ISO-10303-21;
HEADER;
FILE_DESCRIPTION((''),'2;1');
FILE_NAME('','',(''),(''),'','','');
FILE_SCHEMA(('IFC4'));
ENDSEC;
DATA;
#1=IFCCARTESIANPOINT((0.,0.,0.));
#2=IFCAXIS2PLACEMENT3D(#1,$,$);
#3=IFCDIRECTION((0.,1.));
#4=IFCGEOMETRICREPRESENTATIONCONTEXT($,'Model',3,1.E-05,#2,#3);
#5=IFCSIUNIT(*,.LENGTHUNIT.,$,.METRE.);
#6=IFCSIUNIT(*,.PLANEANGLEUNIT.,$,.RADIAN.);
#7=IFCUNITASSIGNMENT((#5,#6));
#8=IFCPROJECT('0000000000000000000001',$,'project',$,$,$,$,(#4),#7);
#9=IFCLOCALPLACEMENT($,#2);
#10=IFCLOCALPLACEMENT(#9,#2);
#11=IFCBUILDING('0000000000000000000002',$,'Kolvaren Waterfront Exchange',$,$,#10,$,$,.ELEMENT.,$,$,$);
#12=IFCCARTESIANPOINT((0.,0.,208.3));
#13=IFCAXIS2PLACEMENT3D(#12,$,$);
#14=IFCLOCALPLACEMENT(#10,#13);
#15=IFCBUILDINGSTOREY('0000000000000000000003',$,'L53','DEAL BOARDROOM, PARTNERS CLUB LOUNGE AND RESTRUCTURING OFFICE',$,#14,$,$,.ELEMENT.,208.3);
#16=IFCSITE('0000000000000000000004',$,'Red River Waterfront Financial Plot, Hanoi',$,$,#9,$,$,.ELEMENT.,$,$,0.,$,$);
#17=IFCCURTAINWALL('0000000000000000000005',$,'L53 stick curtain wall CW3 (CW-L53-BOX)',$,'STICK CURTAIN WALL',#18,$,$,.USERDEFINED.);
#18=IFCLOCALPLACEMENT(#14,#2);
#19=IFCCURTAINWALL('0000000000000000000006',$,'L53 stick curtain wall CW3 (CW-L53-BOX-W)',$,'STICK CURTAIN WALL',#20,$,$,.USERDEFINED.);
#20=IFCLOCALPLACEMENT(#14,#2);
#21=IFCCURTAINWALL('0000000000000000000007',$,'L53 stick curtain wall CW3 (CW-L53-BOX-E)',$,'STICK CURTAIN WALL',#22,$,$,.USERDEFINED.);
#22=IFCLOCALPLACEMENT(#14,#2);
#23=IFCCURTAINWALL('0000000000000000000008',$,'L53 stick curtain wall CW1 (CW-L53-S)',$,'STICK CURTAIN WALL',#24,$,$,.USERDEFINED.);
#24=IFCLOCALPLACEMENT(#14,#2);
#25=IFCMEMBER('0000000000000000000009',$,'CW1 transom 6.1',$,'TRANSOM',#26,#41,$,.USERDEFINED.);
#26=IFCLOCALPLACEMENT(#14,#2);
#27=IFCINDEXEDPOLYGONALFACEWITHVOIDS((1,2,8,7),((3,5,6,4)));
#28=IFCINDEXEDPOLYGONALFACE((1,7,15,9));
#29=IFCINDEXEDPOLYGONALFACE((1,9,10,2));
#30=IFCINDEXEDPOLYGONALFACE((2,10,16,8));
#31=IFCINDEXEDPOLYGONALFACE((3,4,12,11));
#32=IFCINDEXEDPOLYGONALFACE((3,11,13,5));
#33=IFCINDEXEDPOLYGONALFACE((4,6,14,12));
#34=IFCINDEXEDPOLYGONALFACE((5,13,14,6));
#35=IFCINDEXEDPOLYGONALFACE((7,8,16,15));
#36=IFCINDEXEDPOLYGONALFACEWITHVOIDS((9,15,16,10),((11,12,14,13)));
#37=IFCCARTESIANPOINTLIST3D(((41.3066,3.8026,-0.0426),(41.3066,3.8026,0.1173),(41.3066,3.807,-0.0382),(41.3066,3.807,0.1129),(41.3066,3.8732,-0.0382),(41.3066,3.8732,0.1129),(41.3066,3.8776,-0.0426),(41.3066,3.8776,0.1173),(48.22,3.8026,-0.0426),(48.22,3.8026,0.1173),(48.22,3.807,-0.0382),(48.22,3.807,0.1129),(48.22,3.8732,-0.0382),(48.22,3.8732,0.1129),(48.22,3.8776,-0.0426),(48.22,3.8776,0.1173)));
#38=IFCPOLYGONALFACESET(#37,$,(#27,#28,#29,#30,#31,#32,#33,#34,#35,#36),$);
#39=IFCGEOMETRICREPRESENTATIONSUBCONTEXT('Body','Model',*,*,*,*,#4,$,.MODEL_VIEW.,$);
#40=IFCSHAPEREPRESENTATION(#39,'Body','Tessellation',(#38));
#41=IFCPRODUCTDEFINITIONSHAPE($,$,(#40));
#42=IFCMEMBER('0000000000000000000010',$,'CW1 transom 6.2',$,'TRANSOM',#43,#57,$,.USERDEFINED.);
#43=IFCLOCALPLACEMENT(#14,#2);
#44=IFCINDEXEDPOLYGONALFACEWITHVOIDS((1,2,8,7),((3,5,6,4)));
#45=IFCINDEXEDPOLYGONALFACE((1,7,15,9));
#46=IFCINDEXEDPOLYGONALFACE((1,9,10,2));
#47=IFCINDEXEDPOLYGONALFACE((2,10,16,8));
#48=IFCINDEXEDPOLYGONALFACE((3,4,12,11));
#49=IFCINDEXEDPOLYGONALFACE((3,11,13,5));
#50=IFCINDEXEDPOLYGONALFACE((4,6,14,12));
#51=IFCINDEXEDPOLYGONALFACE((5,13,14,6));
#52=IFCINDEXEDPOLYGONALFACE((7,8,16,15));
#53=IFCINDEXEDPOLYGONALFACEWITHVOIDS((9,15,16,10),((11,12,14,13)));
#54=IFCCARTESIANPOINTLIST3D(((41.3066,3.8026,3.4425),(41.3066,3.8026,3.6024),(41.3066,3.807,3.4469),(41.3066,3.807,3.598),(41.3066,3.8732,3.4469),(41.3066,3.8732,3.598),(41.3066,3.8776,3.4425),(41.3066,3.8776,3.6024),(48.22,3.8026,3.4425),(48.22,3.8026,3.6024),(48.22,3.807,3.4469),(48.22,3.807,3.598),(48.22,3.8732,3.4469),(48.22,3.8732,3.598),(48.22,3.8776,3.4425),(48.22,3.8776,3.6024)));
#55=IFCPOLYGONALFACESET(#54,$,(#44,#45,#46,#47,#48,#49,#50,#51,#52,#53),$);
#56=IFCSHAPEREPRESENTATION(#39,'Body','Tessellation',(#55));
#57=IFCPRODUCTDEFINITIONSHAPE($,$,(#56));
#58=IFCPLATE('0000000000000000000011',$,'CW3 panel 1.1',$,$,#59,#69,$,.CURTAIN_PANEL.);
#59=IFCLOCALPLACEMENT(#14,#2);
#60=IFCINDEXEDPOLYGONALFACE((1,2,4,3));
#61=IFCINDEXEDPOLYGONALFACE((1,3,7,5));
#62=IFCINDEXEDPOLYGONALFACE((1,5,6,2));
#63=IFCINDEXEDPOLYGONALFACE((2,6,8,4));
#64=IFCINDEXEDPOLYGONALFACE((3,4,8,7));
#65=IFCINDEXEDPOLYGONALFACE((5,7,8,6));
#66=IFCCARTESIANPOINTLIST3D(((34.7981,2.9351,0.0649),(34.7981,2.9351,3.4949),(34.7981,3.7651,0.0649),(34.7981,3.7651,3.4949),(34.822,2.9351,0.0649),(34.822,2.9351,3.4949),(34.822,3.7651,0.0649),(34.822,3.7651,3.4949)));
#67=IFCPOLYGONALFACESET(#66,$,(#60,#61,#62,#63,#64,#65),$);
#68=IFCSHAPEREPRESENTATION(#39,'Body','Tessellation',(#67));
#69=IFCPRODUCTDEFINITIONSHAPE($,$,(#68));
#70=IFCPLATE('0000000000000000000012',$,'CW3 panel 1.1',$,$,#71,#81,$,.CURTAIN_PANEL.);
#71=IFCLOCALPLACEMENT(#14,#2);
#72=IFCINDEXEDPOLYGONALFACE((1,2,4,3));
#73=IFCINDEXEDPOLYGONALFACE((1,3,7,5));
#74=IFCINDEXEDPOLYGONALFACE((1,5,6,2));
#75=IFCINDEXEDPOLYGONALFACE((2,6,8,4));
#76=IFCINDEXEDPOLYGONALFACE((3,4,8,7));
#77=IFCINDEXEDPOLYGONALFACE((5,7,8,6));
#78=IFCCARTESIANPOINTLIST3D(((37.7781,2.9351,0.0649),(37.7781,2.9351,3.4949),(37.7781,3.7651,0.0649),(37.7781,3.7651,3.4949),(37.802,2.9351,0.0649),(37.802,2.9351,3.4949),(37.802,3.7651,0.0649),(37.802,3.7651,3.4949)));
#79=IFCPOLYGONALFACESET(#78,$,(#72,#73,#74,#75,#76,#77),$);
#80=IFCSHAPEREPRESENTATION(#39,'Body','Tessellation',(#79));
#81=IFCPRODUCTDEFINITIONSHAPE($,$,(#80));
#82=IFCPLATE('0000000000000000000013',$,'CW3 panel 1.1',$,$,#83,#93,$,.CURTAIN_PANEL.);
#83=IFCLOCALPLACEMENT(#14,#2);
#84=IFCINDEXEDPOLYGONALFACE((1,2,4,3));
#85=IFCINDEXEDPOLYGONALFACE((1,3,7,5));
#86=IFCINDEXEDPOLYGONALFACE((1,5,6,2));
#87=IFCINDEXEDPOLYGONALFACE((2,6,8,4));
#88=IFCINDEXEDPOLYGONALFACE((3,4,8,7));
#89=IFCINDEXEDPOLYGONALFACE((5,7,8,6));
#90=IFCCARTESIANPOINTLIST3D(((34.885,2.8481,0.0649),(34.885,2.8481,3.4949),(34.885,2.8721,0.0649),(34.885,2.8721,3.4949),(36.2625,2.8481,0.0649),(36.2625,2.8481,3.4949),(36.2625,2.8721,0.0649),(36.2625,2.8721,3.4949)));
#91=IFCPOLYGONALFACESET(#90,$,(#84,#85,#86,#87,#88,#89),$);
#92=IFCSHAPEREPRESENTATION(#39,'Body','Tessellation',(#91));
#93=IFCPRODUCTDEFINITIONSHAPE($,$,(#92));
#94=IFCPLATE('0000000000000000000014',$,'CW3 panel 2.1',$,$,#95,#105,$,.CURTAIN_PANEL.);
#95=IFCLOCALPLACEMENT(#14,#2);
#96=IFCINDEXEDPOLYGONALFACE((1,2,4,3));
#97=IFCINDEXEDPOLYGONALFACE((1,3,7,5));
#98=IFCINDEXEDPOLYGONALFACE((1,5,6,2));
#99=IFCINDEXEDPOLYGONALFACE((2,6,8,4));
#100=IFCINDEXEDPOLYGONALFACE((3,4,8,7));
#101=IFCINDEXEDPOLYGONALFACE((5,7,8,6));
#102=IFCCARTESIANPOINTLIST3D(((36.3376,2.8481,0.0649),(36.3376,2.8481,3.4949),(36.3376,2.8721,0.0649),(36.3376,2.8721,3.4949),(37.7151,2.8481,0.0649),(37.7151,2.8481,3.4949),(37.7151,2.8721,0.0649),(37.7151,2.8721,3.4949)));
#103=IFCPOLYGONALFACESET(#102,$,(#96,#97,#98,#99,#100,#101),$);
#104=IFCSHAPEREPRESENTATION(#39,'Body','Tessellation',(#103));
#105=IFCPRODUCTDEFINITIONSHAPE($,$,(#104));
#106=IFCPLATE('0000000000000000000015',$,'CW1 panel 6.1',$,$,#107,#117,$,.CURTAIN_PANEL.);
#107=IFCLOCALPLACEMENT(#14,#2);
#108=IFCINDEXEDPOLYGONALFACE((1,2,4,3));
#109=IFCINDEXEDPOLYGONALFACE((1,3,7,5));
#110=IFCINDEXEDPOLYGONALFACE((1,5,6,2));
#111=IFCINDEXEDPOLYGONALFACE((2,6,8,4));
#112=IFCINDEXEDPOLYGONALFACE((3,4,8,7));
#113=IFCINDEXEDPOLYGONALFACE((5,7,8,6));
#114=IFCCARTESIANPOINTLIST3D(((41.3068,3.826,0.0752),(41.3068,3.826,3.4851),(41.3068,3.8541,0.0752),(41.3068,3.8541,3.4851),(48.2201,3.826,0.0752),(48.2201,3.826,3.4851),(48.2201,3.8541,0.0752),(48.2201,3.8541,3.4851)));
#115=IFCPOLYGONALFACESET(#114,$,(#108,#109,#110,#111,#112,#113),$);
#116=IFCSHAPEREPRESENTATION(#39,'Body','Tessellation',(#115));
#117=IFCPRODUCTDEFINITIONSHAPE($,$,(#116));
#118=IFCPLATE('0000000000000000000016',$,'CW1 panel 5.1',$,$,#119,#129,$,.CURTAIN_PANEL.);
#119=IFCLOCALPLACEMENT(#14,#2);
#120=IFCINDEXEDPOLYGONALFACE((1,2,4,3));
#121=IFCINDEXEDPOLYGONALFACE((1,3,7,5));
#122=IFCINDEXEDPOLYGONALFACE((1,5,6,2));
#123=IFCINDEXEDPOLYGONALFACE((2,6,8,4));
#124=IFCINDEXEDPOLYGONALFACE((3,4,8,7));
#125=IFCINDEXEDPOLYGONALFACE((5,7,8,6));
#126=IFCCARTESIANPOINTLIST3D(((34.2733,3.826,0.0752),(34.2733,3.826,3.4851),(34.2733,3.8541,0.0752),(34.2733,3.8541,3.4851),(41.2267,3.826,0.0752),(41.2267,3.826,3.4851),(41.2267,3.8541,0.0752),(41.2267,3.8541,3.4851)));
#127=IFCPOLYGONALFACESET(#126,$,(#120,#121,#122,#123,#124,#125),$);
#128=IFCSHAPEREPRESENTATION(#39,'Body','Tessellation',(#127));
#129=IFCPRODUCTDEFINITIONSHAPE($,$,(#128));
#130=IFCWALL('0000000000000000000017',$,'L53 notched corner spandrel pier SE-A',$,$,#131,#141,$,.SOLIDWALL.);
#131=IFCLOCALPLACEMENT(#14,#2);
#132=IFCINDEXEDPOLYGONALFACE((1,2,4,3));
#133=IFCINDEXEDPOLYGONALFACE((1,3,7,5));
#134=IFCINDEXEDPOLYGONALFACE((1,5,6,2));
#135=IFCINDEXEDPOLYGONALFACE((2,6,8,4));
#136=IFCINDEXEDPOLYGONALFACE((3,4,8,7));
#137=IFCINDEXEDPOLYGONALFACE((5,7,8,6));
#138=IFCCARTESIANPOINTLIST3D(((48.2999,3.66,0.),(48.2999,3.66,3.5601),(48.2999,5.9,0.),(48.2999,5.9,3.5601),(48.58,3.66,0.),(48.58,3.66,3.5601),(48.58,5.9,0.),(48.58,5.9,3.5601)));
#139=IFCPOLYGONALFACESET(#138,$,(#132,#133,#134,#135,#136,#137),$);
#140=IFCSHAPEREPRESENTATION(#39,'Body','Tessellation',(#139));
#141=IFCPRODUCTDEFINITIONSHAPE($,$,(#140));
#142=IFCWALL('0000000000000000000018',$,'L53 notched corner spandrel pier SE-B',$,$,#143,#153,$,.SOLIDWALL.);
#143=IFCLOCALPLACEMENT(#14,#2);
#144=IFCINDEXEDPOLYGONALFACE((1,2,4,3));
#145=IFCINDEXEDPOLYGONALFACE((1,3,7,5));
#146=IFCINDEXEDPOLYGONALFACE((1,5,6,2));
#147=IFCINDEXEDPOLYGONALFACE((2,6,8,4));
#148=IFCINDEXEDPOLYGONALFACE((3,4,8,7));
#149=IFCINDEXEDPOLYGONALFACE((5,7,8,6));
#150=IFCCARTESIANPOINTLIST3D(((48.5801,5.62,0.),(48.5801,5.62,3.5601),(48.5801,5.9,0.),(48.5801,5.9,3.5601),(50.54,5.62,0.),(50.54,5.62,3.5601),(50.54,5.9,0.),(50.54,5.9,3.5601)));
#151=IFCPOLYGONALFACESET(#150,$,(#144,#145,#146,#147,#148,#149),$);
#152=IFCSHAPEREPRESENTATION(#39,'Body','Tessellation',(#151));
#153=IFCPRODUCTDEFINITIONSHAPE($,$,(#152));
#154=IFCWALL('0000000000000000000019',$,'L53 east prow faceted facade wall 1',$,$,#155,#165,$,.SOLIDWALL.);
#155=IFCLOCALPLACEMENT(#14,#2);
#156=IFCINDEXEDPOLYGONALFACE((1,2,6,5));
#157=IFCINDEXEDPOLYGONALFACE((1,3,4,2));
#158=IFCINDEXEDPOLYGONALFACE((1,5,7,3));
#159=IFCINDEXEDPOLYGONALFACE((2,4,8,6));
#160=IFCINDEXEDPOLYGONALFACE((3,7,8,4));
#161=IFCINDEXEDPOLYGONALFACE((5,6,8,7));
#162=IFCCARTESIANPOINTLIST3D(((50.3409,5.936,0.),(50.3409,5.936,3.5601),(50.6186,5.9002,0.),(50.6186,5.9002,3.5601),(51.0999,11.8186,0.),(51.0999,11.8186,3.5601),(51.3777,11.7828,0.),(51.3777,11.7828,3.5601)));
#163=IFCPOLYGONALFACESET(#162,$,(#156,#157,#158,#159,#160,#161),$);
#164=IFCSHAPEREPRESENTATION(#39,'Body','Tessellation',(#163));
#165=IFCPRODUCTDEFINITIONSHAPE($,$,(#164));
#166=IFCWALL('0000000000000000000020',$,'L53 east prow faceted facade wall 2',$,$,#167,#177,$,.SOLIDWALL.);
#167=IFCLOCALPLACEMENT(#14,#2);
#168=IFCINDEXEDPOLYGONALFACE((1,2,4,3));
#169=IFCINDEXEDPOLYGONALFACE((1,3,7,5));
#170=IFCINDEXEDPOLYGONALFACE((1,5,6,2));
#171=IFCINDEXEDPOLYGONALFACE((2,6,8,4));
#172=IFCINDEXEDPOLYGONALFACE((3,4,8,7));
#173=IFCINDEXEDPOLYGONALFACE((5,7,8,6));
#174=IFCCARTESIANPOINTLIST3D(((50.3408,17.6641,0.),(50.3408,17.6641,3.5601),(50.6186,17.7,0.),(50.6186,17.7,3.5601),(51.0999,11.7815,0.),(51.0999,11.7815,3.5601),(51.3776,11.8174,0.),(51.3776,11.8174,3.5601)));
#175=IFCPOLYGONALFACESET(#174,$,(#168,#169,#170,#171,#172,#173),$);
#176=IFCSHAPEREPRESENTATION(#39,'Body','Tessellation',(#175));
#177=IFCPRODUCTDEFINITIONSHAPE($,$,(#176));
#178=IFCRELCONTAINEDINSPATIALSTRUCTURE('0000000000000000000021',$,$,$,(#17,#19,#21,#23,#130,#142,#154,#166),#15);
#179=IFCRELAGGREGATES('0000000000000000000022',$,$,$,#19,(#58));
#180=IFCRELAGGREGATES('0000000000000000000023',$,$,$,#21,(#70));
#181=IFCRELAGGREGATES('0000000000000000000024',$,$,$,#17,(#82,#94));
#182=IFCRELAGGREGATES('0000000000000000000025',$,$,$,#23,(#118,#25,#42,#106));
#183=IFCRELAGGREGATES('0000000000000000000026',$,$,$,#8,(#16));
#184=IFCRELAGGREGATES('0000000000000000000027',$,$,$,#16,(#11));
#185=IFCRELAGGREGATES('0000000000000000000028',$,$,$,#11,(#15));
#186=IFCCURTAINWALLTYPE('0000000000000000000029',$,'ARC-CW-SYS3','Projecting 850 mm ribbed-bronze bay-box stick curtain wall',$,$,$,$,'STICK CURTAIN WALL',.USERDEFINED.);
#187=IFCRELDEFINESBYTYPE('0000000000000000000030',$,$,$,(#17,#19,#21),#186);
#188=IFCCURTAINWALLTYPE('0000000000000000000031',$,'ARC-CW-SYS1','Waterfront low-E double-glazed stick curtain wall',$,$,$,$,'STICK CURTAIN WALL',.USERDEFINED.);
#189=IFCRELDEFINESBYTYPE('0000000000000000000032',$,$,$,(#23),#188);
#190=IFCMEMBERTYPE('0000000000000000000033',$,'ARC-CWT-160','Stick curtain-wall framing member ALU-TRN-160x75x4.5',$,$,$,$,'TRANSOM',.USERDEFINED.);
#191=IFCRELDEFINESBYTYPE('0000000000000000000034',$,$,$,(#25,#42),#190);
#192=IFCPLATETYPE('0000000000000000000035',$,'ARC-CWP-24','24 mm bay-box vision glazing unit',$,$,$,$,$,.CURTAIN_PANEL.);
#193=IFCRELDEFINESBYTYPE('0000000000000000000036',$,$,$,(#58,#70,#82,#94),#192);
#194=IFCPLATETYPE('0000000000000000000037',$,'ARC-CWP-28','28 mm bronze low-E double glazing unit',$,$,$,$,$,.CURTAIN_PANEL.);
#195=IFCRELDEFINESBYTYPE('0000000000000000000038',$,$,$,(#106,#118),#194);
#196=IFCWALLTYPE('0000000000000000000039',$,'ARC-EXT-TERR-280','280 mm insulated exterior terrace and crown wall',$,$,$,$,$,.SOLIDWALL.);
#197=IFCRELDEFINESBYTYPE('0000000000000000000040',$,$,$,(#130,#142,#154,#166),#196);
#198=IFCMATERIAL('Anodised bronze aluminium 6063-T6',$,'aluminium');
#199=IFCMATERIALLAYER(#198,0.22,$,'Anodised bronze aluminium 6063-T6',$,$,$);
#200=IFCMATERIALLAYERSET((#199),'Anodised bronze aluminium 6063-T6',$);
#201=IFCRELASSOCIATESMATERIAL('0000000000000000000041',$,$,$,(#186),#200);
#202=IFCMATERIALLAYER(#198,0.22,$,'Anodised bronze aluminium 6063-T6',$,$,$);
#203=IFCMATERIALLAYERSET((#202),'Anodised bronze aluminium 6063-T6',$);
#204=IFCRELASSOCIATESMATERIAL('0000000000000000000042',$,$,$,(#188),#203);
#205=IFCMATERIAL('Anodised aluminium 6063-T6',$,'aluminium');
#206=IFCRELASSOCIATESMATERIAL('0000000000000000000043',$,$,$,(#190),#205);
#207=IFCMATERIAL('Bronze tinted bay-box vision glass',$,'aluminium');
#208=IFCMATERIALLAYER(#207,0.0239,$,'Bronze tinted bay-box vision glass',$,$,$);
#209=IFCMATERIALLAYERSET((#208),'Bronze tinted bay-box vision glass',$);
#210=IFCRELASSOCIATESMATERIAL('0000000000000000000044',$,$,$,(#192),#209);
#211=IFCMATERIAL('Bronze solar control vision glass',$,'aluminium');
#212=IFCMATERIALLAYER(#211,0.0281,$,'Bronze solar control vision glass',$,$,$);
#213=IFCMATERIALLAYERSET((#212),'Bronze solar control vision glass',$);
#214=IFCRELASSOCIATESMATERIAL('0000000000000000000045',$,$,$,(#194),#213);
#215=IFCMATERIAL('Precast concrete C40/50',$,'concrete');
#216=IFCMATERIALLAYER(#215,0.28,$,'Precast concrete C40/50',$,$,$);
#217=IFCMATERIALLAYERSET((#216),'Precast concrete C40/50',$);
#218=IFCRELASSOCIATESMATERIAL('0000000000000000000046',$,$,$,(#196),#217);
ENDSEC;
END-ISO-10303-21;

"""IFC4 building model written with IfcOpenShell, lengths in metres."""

from ifc_helpers import new_model, si_unit, direction, frame, frame_2d, origin, origin_with_axes, origin_2d, place, context, subcontext, project, spatial, rectangle, hollow_rectangle, extrude, source, transform, mapped, material, layer, layer_set, material_profile, profile_set, type_object, element, aggregate, save


model = new_model("IFC4")

# Units and contexts
model_context = context("Model", 3, precision=1e-05, world=origin(), true_north=direction((0.0, 1.0)))
body_context = subcontext(model_context, "Body", "Model", "MODEL_VIEW")
ifc_project = project(units=[si_unit("LENGTHUNIT", "METRE"), si_unit("PLANEANGLEUNIT", "RADIAN")], contexts=[model_context])

# Site, building, storey
site_placement = place(None, origin())
site = spatial("IfcSite", under=ifc_project, at=site_placement, Name="Red River Waterfront Financial Plot, Hanoi", CompositionType="ELEMENT", RefElevation=0.0)
building_placement = place(site_placement, origin())
building = spatial("IfcBuilding", under=site, at=building_placement, Name="Kolvaren Waterfront Exchange", CompositionType="ELEMENT")
storey_placement = place(building_placement, frame((0.0, 0.0, 208.3)))
storey = spatial("IfcBuildingStorey", under=building, at=storey_placement, Name="L53", Description="DEAL BOARDROOM, PARTNERS CLUB LOUNGE AND RESTRUCTURING OFFICE", CompositionType="ELEMENT", Elevation=208.3)

# Curtain walls
ifc_material_1 = material(Name="Anodised bronze aluminium 6063-T6", Category="aluminium")
ifc_layer_1 = layer(ifc_material_1, 0.22, Name="Anodised bronze aluminium 6063-T6")
ifc_layer_set_1 = layer_set([ifc_layer_1], Name="Anodised bronze aluminium 6063-T6")
curtain_wall_type_1 = type_object("IfcCurtainWallType", Name="ARC-CW-SYS3", Description="Projecting 850 mm ribbed-bronze bay-box stick curtain wall", ElementType="STICK CURTAIN WALL", PredefinedType="USERDEFINED", material=ifc_layer_set_1)
curtain_wall_1_placement = place(storey_placement, origin())
curtain_wall_1 = element("IfcCurtainWall", 1, at=curtain_wall_1_placement, inside=storey, type_object=curtain_wall_type_1, Name="L53 stick curtain wall CW3 (CW-L53-BOX)", ObjectType="STICK CURTAIN WALL", PredefinedType="USERDEFINED")
curtain_wall_2_placement = place(storey_placement, origin())
curtain_wall_2 = element("IfcCurtainWall", 2, at=curtain_wall_2_placement, inside=storey, type_object=curtain_wall_type_1, Name="L53 stick curtain wall CW3 (CW-L53-BOX-W)", ObjectType="STICK CURTAIN WALL", PredefinedType="USERDEFINED")
curtain_wall_3_placement = place(storey_placement, origin())
curtain_wall_3 = element("IfcCurtainWall", 3, at=curtain_wall_3_placement, inside=storey, type_object=curtain_wall_type_1, Name="L53 stick curtain wall CW3 (CW-L53-BOX-E)", ObjectType="STICK CURTAIN WALL", PredefinedType="USERDEFINED")

# Curtain wall, members
ifc_layer_2 = layer(ifc_material_1, 0.22, Name="Anodised bronze aluminium 6063-T6")
ifc_layer_set_2 = layer_set([ifc_layer_2], Name="Anodised bronze aluminium 6063-T6")
curtain_wall_type_2 = type_object("IfcCurtainWallType", Name="ARC-CW-SYS1", Description="Waterfront low-E double-glazed stick curtain wall", ElementType="STICK CURTAIN WALL", PredefinedType="USERDEFINED", material=ifc_layer_set_2)
curtain_wall_4_placement = place(storey_placement, origin())
curtain_wall_4 = element("IfcCurtainWall", 4, at=curtain_wall_4_placement, inside=storey, type_object=curtain_wall_type_2, Name="L53 stick curtain wall CW1 (CW-L53-S)", ObjectType="STICK CURTAIN WALL", PredefinedType="USERDEFINED")
ifc_material_2 = material(Name="Anodised aluminium 6063-T6", Category="aluminium")
ifc_material_profile_1 = material_profile(ifc_material_2, hollow_rectangle(XDim=0.075, YDim=0.1599, WallThickness=0.0044, at=origin_2d()), Name="ALU-TRN-160x75x4.5")
ifc_profile_set_1 = profile_set([ifc_material_profile_1], Name="Anodised aluminium 6063-T6")
member_type_1 = type_object("IfcMemberType", Name="ARC-CWT-160", Description="Stick curtain-wall framing member ALU-TRN-160x75x4.5", ElementType="TRANSOM", PredefinedType="USERDEFINED", material=ifc_profile_set_1)
shared_shape_1 = source(origin_with_axes(), body_context, "Body", "SweptSolid", [
    extrude(hollow_rectangle(XDim=0.075, YDim=0.1599, WallThickness=0.0044, at=origin_2d()), origin(), (0.0, 0.0, 1.0), 6.9133),
])
member_1_placement = place(storey_placement, frame((41.3066, 3.8401, 0.0374), z_axis=(1.0, 0.0, 0.0), x_axis=(0.0, 1.0, 0.0)))
member_1 = element("IfcMember", 5, at=member_1_placement, type_object=member_type_1, Name="CW1 transom 6.1", ObjectType="TRANSOM", PredefinedType="USERDEFINED", context=body_context, shape_type="MappedRepresentation", body=[
    mapped(shared_shape_1, transform((0.0, 0.0, 0.0), x_axis=(1.0, 0.0, 0.0), y_axis=(0.0, 1.0, 0.0), z_axis=(0.0, 0.0, 1.0), scale=1.0)),
])
member_2_placement = place(storey_placement, frame((41.3066, 3.8401, 3.5225), z_axis=(1.0, 0.0, 0.0), x_axis=(0.0, 1.0, 0.0)))
member_2 = element("IfcMember", 6, at=member_2_placement, type_object=member_type_1, Name="CW1 transom 6.2", ObjectType="TRANSOM", PredefinedType="USERDEFINED", context=body_context, shape_type="MappedRepresentation", body=[
    mapped(shared_shape_1, transform((0.0, 0.0, 0.0), x_axis=(1.0, 0.0, 0.0), y_axis=(0.0, 1.0, 0.0), z_axis=(0.0, 0.0, 1.0), scale=1.0)),
])

# Plates
ifc_material_3 = material(Name="Bronze tinted bay-box vision glass", Category="aluminium")
ifc_layer_3 = layer(ifc_material_3, 0.0239, Name="Bronze tinted bay-box vision glass")
ifc_layer_set_3 = layer_set([ifc_layer_3], Name="Bronze tinted bay-box vision glass")
plate_type_1 = type_object("IfcPlateType", Name="ARC-CWP-24", Description="24 mm bay-box vision glazing unit", PredefinedType="CURTAIN_PANEL", material=ifc_layer_set_3)
shared_shape_2 = source(origin_with_axes(), body_context, "Body", "SweptSolid", [
    extrude(rectangle(XDim=0.8301, YDim=0.0239, at=origin_2d()), origin(), (0.0, 0.0, 1.0), 3.4299),
])
plate_1_placement = place(storey_placement, frame((34.8101, 3.3501, 0.0649), z_axis=(0.0, 0.0, 1.0), x_axis=(0.0, -1.0, 0.0)))
plate_1 = element("IfcPlate", 7, at=plate_1_placement, type_object=plate_type_1, Name="CW3 panel 1.1", PredefinedType="CURTAIN_PANEL", context=body_context, shape_type="MappedRepresentation", body=[
    mapped(shared_shape_2, transform((0.0, 0.0, 0.0), x_axis=(1.0, 0.0, 0.0), y_axis=(0.0, 1.0, 0.0), z_axis=(0.0, 0.0, 1.0), scale=1.0)),
])
aggregate(curtain_wall_2, [plate_1])
plate_2_placement = place(storey_placement, frame((37.79, 3.3501, 0.0649), z_axis=(0.0, 0.0, 1.0), x_axis=(0.0, 1.0, 0.0)))
plate_2 = element("IfcPlate", 8, at=plate_2_placement, type_object=plate_type_1, Name="CW3 panel 1.1", PredefinedType="CURTAIN_PANEL", context=body_context, shape_type="MappedRepresentation", body=[
    mapped(shared_shape_2, transform((0.0, 0.0, 0.0), x_axis=(1.0, 0.0, 0.0), y_axis=(0.0, 1.0, 0.0), z_axis=(0.0, 0.0, 1.0), scale=1.0)),
])
aggregate(curtain_wall_3, [plate_2])
shared_shape_3 = source(origin_with_axes(), body_context, "Body", "SweptSolid", [
    extrude(rectangle(XDim=1.3774, YDim=0.0239, at=origin_2d()), origin(), (0.0, 0.0, 1.0), 3.4299),
])
plate_3_placement = place(storey_placement, frame((35.5737, 2.8601, 0.0649), z_axis=(0.0, 0.0, 1.0), x_axis=(1.0, 0.0, 0.0)))
plate_3 = element("IfcPlate", 9, at=plate_3_placement, type_object=plate_type_1, Name="CW3 panel 1.1", PredefinedType="CURTAIN_PANEL", context=body_context, shape_type="MappedRepresentation", body=[
    mapped(shared_shape_3, transform((0.0, 0.0, 0.0), x_axis=(1.0, 0.0, 0.0), y_axis=(0.0, 1.0, 0.0), z_axis=(0.0, 0.0, 1.0), scale=1.0)),
])
plate_4_placement = place(storey_placement, frame((37.0264, 2.8601, 0.0649), z_axis=(0.0, 0.0, 1.0), x_axis=(1.0, 0.0, 0.0)))
plate_4 = element("IfcPlate", 10, at=plate_4_placement, type_object=plate_type_1, Name="CW3 panel 2.1", PredefinedType="CURTAIN_PANEL", context=body_context, shape_type="MappedRepresentation", body=[
    mapped(shared_shape_3, transform((0.0, 0.0, 0.0), x_axis=(1.0, 0.0, 0.0), y_axis=(0.0, 1.0, 0.0), z_axis=(0.0, 0.0, 1.0), scale=1.0)),
])
aggregate(curtain_wall_1, [plate_3, plate_4])
ifc_material_4 = material(Name="Bronze solar control vision glass", Category="aluminium")
ifc_layer_4 = layer(ifc_material_4, 0.0281, Name="Bronze solar control vision glass")
ifc_layer_set_4 = layer_set([ifc_layer_4], Name="Bronze solar control vision glass")
plate_type_2 = type_object("IfcPlateType", Name="ARC-CWP-28", Description="28 mm bronze low-E double glazing unit", PredefinedType="CURTAIN_PANEL", material=ifc_layer_set_4)
shared_shape_4 = source(origin_with_axes(), body_context, "Body", "SweptSolid", [
    extrude(rectangle(XDim=6.9133, YDim=0.0281, at=origin_2d()), origin(), (0.0, 0.0, 1.0), 3.4099),
])
plate_5_placement = place(storey_placement, frame((44.7634, 3.8401, 0.0752), z_axis=(0.0, 0.0, 1.0), x_axis=(1.0, 0.0, 0.0)))
plate_5 = element("IfcPlate", 11, at=plate_5_placement, type_object=plate_type_2, Name="CW1 panel 6.1", PredefinedType="CURTAIN_PANEL", context=body_context, shape_type="MappedRepresentation", body=[
    mapped(shared_shape_4, transform((0.0, 0.0, 0.0), x_axis=(1.0, 0.0, 0.0), y_axis=(0.0, 1.0, 0.0), z_axis=(0.0, 0.0, 1.0), scale=1.0)),
])
shared_shape_5 = source(origin_with_axes(), body_context, "Body", "SweptSolid", [
    extrude(rectangle(XDim=6.9534, YDim=0.0281, at=origin_2d()), origin(), (0.0, 0.0, 1.0), 3.4099),
])
plate_6_placement = place(storey_placement, frame((37.75, 3.8401, 0.0752), z_axis=(0.0, 0.0, 1.0), x_axis=(1.0, 0.0, 0.0)))
plate_6 = element("IfcPlate", 12, at=plate_6_placement, type_object=plate_type_2, Name="CW1 panel 5.1", PredefinedType="CURTAIN_PANEL", context=body_context, shape_type="MappedRepresentation", body=[
    mapped(shared_shape_5, transform((0.0, 0.0, 0.0), x_axis=(1.0, 0.0, 0.0), y_axis=(0.0, 1.0, 0.0), z_axis=(0.0, 0.0, 1.0), scale=1.0)),
])
aggregate(curtain_wall_4, [plate_6, member_1, member_2, plate_5])

# Walls
ifc_material_5 = material(Name="Precast concrete C40/50", Category="concrete")
ifc_layer_5 = layer(ifc_material_5, 0.28, Name="Precast concrete C40/50")
ifc_layer_set_5 = layer_set([ifc_layer_5], Name="Precast concrete C40/50")
wall_type_1 = type_object("IfcWallType", Name="ARC-EXT-TERR-280", Description="280 mm insulated exterior terrace and crown wall", PredefinedType="SOLIDWALL", material=ifc_layer_set_5)
wall_1_placement = place(storey_placement, frame((48.4399, 3.6599, 0.0), z_axis=(0.0, 0.0, 1.0), x_axis=(0.0, 1.0, 0.0)))
element("IfcWall", 13, at=wall_1_placement, inside=storey, type_object=wall_type_1, Name="L53 notched corner spandrel pier SE-A", PredefinedType="SOLIDWALL", context=body_context, shape_type="SweptSolid", body=[
    extrude(rectangle(XDim=2.24, YDim=0.28, at=frame_2d((1.1201, 0.0))), origin(), (0.0, 0.0, 1.0), 3.5601),
])
wall_2_placement = place(storey_placement, frame((48.5801, 5.76, 0.0), z_axis=(0.0, 0.0, 1.0), x_axis=(1.0, 0.0, 0.0)))
element("IfcWall", 14, at=wall_2_placement, inside=storey, type_object=wall_type_1, Name="L53 notched corner spandrel pier SE-B", PredefinedType="SOLIDWALL", context=body_context, shape_type="SweptSolid", body=[
    extrude(rectangle(XDim=1.96, YDim=0.28, at=frame_2d((0.98, 0.0))), origin(), (0.0, 0.0, 1.0), 3.5601),
])
for number, where, z_axis, x_axis, name in (
    (15, (50.4797, 5.918, 0.0), (0.0, 0.0, 1.0), (0.12797, 0.991778, 0.0), "L53 east prow faceted facade wall 1"),
    (16, (51.2388, 11.7993, 0.0), (0.0, 0.0, 1.0), (-0.12797, 0.991778, 0.0), "L53 east prow faceted facade wall 2"),
):
    element("IfcWall", number, at=place(storey_placement, frame(where, z_axis=z_axis, x_axis=x_axis)), inside=storey, type_object=wall_type_1, Name=name, PredefinedType="SOLIDWALL", context=body_context, shape_type="SweptSolid", body=[
        extrude(rectangle(XDim=5.9314, YDim=0.28, at=frame_2d((2.9658, 0.0))), origin(), (0.0, 0.0, 1.0), 3.5601),
    ])

save(model, "model.ifc")
